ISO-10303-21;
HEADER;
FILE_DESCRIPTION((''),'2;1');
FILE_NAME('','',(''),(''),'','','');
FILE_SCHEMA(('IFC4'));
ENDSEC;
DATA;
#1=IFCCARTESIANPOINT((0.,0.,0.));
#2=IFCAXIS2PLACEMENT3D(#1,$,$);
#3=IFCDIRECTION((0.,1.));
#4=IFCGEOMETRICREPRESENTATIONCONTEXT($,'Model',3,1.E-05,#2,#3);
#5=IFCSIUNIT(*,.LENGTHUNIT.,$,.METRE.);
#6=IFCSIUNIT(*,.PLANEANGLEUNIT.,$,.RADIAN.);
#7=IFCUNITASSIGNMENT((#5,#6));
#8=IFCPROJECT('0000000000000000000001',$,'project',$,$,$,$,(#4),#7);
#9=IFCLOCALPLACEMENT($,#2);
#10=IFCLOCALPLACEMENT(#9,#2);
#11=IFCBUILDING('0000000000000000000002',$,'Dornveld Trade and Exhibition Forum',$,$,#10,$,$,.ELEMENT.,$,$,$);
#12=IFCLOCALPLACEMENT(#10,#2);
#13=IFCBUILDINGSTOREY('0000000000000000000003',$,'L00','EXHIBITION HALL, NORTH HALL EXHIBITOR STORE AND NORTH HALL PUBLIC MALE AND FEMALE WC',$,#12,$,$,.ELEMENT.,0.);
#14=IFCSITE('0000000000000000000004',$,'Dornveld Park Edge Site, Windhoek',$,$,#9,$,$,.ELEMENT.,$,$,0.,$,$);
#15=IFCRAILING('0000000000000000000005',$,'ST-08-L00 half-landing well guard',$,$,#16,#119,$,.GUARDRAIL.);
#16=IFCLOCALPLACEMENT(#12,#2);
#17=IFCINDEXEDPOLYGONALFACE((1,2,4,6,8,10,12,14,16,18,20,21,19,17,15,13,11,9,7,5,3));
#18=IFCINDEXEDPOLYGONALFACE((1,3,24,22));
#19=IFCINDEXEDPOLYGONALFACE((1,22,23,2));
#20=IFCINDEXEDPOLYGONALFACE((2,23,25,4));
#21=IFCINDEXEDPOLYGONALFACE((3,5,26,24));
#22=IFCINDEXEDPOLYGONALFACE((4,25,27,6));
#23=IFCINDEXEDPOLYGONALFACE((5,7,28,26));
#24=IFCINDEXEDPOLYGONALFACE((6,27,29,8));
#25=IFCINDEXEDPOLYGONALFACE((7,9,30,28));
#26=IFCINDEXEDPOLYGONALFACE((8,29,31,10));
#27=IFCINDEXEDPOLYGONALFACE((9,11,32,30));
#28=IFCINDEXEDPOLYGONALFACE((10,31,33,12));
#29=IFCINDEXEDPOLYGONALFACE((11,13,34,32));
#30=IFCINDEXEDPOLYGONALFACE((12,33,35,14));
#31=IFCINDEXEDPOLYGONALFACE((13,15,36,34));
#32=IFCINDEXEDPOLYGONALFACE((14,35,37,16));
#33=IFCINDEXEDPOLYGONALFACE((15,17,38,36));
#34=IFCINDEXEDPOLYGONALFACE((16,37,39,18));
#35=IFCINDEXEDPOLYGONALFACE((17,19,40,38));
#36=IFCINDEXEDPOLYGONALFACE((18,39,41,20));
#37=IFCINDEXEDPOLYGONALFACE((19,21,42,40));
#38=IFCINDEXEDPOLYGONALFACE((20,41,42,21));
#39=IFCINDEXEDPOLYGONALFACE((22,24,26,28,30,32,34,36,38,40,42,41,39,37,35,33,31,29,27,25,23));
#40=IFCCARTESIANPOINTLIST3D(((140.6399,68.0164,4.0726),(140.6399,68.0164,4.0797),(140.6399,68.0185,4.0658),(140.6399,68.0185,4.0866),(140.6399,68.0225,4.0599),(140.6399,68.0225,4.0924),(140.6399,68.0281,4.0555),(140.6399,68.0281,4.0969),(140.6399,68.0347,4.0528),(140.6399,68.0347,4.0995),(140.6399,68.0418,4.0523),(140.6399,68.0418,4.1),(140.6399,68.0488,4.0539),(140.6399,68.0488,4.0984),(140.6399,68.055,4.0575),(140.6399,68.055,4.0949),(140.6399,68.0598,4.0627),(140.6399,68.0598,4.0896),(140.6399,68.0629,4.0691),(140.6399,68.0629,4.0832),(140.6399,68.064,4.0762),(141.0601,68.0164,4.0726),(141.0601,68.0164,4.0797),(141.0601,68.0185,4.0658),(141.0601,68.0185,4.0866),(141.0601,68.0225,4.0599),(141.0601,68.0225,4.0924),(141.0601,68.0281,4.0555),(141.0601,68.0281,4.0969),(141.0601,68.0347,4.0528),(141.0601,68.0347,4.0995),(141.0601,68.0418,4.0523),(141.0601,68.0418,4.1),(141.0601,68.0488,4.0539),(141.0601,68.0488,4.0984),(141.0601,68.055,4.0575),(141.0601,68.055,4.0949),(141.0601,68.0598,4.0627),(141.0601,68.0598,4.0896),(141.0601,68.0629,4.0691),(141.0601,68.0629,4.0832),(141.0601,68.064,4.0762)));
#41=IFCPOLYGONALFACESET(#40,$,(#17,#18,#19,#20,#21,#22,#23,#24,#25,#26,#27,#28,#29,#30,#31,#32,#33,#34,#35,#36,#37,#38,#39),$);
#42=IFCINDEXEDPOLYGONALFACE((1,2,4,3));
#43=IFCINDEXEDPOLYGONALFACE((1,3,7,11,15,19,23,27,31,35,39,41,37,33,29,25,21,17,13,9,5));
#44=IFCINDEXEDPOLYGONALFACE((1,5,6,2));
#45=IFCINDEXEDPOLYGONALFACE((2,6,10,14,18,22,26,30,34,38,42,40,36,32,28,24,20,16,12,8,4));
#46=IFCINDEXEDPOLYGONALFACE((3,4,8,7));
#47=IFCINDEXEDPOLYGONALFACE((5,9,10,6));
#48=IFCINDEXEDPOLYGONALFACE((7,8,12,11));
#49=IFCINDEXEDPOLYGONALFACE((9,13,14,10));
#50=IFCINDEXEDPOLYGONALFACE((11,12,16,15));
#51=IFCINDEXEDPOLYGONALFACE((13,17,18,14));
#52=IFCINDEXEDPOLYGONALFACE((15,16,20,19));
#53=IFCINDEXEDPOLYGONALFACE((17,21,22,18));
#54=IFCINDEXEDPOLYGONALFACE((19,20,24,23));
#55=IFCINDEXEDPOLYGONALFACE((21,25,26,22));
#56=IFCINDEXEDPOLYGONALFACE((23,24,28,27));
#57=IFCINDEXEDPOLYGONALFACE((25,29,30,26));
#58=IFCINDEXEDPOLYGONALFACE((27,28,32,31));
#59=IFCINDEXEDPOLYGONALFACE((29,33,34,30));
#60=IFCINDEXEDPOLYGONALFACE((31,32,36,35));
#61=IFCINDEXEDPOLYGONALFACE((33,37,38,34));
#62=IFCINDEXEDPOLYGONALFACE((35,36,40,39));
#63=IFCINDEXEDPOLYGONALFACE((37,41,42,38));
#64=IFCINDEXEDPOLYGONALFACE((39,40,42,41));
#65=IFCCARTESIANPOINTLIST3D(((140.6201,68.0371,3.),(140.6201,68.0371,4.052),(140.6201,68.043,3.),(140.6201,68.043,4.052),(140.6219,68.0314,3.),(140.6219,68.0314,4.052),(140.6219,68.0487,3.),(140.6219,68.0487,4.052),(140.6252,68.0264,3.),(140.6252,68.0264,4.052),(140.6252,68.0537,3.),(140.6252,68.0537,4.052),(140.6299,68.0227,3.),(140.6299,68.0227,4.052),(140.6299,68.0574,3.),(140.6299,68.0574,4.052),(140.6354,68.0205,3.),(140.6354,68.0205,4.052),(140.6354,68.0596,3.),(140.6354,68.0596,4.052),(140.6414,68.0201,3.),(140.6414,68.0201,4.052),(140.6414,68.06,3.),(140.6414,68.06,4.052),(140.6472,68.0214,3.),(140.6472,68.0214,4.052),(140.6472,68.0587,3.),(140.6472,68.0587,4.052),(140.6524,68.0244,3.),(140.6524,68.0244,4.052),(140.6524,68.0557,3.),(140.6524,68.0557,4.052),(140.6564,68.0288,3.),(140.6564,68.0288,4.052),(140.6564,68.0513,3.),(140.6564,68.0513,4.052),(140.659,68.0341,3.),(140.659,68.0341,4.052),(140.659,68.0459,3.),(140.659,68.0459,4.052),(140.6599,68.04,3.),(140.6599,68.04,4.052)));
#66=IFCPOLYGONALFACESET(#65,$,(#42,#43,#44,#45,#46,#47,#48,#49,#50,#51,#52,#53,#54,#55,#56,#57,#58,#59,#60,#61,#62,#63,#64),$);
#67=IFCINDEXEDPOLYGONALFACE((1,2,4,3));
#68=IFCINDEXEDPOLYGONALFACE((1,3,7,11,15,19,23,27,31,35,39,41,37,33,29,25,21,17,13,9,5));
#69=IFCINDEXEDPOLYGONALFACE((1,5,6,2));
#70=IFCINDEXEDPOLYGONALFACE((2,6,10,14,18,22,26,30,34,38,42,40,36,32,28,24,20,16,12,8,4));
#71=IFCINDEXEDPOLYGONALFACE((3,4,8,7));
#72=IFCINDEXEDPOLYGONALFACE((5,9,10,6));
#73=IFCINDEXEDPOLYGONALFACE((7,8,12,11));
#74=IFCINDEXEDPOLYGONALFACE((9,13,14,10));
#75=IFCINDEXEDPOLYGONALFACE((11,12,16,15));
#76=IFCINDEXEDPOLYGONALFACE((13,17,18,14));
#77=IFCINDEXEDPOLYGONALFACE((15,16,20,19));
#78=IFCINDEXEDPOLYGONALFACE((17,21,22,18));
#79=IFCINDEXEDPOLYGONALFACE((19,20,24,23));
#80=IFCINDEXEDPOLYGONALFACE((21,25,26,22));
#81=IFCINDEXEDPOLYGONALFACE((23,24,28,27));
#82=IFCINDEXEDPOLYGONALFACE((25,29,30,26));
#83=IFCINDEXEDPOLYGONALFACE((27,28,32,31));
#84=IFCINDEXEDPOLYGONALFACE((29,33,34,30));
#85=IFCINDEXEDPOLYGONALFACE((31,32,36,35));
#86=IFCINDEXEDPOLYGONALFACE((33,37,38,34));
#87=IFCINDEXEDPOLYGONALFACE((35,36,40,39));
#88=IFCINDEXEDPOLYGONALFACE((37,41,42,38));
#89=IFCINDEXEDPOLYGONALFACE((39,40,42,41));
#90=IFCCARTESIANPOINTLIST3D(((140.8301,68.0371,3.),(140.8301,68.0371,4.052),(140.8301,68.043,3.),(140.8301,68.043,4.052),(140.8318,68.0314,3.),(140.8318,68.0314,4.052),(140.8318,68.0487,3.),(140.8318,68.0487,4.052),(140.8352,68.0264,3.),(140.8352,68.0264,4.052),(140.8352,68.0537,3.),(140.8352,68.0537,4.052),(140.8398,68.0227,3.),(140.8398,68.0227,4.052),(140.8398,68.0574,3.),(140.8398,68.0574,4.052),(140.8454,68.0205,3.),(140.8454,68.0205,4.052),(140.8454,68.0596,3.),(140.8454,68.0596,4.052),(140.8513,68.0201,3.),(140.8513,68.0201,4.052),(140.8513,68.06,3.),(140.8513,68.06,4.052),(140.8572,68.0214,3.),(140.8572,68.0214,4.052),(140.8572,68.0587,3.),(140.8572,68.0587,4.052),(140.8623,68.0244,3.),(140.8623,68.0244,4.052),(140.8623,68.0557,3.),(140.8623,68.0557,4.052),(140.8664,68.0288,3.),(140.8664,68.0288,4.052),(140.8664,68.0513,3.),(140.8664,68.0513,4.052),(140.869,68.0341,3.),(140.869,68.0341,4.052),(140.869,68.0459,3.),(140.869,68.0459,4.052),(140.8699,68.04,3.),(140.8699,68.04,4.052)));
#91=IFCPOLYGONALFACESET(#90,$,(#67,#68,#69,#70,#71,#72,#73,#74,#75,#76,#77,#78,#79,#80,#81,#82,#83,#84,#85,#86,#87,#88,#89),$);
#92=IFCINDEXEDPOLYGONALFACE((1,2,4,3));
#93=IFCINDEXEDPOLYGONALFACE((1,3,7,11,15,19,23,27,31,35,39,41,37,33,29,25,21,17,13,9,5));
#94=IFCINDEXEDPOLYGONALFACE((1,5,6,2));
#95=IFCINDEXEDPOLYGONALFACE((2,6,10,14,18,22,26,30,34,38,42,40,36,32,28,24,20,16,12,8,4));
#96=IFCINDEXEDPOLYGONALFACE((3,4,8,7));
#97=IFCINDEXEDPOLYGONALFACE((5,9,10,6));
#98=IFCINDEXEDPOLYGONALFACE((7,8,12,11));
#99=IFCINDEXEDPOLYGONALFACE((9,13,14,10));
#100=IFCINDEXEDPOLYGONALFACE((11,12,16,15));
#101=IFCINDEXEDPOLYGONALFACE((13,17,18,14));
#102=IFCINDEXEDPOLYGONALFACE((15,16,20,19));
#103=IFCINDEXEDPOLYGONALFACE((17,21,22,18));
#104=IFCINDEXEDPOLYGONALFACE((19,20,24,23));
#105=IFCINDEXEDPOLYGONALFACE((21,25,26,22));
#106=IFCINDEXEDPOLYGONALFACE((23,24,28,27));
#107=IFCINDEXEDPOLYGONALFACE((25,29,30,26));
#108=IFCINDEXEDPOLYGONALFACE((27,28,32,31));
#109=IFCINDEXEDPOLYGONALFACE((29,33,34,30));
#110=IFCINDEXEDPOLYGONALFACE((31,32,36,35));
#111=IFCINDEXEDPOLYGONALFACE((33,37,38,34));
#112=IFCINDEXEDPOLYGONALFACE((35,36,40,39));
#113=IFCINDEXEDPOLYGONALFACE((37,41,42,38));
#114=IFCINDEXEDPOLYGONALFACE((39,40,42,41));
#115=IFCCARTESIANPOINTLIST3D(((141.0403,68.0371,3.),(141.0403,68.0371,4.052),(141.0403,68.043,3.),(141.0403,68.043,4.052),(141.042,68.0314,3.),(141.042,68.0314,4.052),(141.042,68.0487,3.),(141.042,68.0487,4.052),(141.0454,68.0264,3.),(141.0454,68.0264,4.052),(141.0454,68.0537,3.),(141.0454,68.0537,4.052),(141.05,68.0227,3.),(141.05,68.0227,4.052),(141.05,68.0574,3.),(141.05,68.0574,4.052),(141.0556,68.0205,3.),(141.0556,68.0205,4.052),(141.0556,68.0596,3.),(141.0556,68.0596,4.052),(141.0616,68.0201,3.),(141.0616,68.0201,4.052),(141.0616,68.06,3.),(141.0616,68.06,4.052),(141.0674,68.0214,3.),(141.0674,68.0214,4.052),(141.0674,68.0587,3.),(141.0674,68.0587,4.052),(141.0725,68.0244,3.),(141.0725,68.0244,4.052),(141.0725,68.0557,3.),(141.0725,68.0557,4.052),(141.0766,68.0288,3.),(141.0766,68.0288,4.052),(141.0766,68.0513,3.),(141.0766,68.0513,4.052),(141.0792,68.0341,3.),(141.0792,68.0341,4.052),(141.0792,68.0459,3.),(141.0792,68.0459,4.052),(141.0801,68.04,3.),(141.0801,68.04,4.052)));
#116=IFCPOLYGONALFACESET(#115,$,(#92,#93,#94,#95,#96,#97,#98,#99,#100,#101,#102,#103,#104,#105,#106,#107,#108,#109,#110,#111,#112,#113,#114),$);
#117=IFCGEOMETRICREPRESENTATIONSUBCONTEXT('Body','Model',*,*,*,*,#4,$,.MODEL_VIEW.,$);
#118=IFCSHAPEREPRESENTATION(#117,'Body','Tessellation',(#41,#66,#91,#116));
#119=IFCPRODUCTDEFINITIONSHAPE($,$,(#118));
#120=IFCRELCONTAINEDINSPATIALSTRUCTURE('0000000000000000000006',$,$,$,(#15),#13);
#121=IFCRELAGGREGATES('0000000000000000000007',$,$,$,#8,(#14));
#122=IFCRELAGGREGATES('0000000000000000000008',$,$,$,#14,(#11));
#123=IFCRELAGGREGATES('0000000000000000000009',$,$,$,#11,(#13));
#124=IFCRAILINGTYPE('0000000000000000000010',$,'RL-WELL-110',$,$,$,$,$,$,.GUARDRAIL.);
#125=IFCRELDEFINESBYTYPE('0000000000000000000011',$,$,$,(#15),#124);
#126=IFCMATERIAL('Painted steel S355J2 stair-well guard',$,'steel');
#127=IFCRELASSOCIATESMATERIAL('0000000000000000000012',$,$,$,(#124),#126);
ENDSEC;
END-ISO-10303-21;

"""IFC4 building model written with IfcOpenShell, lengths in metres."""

from ifc_helpers import new_model, si_unit, direction, frame, origin, origin_2d, place, context, subcontext, project, spatial, circle, extrude, material, type_object, element, save


model = new_model("IFC4")

# Units and contexts
model_context = context("Model", 3, precision=1e-05, world=origin(), true_north=direction((0.0, 1.0)))
body_context = subcontext(model_context, "Body", "Model", "MODEL_VIEW")
ifc_project = project(units=[si_unit("LENGTHUNIT", "METRE"), si_unit("PLANEANGLEUNIT", "RADIAN")], contexts=[model_context])

# Site, building, storey
site_placement = place(None, origin())
site = spatial("IfcSite", under=ifc_project, at=site_placement, Name="Dornveld Park Edge Site, Windhoek", CompositionType="ELEMENT", RefElevation=0.0)
building_placement = place(site_placement, origin())
building = spatial("IfcBuilding", under=site, at=building_placement, Name="Dornveld Trade and Exhibition Forum", CompositionType="ELEMENT")
storey_placement = place(building_placement, origin())
storey = spatial("IfcBuildingStorey", under=building, at=storey_placement, Name="L00", Description="EXHIBITION HALL, NORTH HALL EXHIBITOR STORE AND NORTH HALL PUBLIC MALE AND FEMALE WC", CompositionType="ELEMENT", Elevation=0.0)

# Railing
ifc_material_1 = material(Name="Painted steel S355J2 stair-well guard", Category="steel")
railing_type_1 = type_object("IfcRailingType", Name="RL-WELL-110", PredefinedType="GUARDRAIL", material=ifc_material_1)
railing_1_placement = place(storey_placement, frame((140.6399, 68.04, 3.0)))
element("IfcRailing", 1, at=railing_1_placement, inside=storey, type_object=railing_type_1, Name="ST-08-L00 half-landing well guard", PredefinedType="GUARDRAIL", context=body_context, shape_type="SweptSolid", body=[
    extrude(circle(Radius=0.0239, at=origin_2d()), frame((0.0, 0.0, 1.0762), z_axis=(1.0, 0.0, 0.0), x_axis=(0.0, 1.0, 0.0)), (0.0, 0.0, 1.0), 0.4202),
    extrude(circle(Radius=0.02, at=origin_2d()), origin(), (0.0, 0.0, 1.0), 1.052),
    extrude(circle(Radius=0.02, at=origin_2d()), frame((0.21, 0.0, 0.0)), (0.0, 0.0, 1.0), 1.052),
    extrude(circle(Radius=0.02, at=origin_2d()), frame((0.4202, 0.0, 0.0)), (0.0, 0.0, 1.0), 1.052),
])

save(model, "model.ifc")
